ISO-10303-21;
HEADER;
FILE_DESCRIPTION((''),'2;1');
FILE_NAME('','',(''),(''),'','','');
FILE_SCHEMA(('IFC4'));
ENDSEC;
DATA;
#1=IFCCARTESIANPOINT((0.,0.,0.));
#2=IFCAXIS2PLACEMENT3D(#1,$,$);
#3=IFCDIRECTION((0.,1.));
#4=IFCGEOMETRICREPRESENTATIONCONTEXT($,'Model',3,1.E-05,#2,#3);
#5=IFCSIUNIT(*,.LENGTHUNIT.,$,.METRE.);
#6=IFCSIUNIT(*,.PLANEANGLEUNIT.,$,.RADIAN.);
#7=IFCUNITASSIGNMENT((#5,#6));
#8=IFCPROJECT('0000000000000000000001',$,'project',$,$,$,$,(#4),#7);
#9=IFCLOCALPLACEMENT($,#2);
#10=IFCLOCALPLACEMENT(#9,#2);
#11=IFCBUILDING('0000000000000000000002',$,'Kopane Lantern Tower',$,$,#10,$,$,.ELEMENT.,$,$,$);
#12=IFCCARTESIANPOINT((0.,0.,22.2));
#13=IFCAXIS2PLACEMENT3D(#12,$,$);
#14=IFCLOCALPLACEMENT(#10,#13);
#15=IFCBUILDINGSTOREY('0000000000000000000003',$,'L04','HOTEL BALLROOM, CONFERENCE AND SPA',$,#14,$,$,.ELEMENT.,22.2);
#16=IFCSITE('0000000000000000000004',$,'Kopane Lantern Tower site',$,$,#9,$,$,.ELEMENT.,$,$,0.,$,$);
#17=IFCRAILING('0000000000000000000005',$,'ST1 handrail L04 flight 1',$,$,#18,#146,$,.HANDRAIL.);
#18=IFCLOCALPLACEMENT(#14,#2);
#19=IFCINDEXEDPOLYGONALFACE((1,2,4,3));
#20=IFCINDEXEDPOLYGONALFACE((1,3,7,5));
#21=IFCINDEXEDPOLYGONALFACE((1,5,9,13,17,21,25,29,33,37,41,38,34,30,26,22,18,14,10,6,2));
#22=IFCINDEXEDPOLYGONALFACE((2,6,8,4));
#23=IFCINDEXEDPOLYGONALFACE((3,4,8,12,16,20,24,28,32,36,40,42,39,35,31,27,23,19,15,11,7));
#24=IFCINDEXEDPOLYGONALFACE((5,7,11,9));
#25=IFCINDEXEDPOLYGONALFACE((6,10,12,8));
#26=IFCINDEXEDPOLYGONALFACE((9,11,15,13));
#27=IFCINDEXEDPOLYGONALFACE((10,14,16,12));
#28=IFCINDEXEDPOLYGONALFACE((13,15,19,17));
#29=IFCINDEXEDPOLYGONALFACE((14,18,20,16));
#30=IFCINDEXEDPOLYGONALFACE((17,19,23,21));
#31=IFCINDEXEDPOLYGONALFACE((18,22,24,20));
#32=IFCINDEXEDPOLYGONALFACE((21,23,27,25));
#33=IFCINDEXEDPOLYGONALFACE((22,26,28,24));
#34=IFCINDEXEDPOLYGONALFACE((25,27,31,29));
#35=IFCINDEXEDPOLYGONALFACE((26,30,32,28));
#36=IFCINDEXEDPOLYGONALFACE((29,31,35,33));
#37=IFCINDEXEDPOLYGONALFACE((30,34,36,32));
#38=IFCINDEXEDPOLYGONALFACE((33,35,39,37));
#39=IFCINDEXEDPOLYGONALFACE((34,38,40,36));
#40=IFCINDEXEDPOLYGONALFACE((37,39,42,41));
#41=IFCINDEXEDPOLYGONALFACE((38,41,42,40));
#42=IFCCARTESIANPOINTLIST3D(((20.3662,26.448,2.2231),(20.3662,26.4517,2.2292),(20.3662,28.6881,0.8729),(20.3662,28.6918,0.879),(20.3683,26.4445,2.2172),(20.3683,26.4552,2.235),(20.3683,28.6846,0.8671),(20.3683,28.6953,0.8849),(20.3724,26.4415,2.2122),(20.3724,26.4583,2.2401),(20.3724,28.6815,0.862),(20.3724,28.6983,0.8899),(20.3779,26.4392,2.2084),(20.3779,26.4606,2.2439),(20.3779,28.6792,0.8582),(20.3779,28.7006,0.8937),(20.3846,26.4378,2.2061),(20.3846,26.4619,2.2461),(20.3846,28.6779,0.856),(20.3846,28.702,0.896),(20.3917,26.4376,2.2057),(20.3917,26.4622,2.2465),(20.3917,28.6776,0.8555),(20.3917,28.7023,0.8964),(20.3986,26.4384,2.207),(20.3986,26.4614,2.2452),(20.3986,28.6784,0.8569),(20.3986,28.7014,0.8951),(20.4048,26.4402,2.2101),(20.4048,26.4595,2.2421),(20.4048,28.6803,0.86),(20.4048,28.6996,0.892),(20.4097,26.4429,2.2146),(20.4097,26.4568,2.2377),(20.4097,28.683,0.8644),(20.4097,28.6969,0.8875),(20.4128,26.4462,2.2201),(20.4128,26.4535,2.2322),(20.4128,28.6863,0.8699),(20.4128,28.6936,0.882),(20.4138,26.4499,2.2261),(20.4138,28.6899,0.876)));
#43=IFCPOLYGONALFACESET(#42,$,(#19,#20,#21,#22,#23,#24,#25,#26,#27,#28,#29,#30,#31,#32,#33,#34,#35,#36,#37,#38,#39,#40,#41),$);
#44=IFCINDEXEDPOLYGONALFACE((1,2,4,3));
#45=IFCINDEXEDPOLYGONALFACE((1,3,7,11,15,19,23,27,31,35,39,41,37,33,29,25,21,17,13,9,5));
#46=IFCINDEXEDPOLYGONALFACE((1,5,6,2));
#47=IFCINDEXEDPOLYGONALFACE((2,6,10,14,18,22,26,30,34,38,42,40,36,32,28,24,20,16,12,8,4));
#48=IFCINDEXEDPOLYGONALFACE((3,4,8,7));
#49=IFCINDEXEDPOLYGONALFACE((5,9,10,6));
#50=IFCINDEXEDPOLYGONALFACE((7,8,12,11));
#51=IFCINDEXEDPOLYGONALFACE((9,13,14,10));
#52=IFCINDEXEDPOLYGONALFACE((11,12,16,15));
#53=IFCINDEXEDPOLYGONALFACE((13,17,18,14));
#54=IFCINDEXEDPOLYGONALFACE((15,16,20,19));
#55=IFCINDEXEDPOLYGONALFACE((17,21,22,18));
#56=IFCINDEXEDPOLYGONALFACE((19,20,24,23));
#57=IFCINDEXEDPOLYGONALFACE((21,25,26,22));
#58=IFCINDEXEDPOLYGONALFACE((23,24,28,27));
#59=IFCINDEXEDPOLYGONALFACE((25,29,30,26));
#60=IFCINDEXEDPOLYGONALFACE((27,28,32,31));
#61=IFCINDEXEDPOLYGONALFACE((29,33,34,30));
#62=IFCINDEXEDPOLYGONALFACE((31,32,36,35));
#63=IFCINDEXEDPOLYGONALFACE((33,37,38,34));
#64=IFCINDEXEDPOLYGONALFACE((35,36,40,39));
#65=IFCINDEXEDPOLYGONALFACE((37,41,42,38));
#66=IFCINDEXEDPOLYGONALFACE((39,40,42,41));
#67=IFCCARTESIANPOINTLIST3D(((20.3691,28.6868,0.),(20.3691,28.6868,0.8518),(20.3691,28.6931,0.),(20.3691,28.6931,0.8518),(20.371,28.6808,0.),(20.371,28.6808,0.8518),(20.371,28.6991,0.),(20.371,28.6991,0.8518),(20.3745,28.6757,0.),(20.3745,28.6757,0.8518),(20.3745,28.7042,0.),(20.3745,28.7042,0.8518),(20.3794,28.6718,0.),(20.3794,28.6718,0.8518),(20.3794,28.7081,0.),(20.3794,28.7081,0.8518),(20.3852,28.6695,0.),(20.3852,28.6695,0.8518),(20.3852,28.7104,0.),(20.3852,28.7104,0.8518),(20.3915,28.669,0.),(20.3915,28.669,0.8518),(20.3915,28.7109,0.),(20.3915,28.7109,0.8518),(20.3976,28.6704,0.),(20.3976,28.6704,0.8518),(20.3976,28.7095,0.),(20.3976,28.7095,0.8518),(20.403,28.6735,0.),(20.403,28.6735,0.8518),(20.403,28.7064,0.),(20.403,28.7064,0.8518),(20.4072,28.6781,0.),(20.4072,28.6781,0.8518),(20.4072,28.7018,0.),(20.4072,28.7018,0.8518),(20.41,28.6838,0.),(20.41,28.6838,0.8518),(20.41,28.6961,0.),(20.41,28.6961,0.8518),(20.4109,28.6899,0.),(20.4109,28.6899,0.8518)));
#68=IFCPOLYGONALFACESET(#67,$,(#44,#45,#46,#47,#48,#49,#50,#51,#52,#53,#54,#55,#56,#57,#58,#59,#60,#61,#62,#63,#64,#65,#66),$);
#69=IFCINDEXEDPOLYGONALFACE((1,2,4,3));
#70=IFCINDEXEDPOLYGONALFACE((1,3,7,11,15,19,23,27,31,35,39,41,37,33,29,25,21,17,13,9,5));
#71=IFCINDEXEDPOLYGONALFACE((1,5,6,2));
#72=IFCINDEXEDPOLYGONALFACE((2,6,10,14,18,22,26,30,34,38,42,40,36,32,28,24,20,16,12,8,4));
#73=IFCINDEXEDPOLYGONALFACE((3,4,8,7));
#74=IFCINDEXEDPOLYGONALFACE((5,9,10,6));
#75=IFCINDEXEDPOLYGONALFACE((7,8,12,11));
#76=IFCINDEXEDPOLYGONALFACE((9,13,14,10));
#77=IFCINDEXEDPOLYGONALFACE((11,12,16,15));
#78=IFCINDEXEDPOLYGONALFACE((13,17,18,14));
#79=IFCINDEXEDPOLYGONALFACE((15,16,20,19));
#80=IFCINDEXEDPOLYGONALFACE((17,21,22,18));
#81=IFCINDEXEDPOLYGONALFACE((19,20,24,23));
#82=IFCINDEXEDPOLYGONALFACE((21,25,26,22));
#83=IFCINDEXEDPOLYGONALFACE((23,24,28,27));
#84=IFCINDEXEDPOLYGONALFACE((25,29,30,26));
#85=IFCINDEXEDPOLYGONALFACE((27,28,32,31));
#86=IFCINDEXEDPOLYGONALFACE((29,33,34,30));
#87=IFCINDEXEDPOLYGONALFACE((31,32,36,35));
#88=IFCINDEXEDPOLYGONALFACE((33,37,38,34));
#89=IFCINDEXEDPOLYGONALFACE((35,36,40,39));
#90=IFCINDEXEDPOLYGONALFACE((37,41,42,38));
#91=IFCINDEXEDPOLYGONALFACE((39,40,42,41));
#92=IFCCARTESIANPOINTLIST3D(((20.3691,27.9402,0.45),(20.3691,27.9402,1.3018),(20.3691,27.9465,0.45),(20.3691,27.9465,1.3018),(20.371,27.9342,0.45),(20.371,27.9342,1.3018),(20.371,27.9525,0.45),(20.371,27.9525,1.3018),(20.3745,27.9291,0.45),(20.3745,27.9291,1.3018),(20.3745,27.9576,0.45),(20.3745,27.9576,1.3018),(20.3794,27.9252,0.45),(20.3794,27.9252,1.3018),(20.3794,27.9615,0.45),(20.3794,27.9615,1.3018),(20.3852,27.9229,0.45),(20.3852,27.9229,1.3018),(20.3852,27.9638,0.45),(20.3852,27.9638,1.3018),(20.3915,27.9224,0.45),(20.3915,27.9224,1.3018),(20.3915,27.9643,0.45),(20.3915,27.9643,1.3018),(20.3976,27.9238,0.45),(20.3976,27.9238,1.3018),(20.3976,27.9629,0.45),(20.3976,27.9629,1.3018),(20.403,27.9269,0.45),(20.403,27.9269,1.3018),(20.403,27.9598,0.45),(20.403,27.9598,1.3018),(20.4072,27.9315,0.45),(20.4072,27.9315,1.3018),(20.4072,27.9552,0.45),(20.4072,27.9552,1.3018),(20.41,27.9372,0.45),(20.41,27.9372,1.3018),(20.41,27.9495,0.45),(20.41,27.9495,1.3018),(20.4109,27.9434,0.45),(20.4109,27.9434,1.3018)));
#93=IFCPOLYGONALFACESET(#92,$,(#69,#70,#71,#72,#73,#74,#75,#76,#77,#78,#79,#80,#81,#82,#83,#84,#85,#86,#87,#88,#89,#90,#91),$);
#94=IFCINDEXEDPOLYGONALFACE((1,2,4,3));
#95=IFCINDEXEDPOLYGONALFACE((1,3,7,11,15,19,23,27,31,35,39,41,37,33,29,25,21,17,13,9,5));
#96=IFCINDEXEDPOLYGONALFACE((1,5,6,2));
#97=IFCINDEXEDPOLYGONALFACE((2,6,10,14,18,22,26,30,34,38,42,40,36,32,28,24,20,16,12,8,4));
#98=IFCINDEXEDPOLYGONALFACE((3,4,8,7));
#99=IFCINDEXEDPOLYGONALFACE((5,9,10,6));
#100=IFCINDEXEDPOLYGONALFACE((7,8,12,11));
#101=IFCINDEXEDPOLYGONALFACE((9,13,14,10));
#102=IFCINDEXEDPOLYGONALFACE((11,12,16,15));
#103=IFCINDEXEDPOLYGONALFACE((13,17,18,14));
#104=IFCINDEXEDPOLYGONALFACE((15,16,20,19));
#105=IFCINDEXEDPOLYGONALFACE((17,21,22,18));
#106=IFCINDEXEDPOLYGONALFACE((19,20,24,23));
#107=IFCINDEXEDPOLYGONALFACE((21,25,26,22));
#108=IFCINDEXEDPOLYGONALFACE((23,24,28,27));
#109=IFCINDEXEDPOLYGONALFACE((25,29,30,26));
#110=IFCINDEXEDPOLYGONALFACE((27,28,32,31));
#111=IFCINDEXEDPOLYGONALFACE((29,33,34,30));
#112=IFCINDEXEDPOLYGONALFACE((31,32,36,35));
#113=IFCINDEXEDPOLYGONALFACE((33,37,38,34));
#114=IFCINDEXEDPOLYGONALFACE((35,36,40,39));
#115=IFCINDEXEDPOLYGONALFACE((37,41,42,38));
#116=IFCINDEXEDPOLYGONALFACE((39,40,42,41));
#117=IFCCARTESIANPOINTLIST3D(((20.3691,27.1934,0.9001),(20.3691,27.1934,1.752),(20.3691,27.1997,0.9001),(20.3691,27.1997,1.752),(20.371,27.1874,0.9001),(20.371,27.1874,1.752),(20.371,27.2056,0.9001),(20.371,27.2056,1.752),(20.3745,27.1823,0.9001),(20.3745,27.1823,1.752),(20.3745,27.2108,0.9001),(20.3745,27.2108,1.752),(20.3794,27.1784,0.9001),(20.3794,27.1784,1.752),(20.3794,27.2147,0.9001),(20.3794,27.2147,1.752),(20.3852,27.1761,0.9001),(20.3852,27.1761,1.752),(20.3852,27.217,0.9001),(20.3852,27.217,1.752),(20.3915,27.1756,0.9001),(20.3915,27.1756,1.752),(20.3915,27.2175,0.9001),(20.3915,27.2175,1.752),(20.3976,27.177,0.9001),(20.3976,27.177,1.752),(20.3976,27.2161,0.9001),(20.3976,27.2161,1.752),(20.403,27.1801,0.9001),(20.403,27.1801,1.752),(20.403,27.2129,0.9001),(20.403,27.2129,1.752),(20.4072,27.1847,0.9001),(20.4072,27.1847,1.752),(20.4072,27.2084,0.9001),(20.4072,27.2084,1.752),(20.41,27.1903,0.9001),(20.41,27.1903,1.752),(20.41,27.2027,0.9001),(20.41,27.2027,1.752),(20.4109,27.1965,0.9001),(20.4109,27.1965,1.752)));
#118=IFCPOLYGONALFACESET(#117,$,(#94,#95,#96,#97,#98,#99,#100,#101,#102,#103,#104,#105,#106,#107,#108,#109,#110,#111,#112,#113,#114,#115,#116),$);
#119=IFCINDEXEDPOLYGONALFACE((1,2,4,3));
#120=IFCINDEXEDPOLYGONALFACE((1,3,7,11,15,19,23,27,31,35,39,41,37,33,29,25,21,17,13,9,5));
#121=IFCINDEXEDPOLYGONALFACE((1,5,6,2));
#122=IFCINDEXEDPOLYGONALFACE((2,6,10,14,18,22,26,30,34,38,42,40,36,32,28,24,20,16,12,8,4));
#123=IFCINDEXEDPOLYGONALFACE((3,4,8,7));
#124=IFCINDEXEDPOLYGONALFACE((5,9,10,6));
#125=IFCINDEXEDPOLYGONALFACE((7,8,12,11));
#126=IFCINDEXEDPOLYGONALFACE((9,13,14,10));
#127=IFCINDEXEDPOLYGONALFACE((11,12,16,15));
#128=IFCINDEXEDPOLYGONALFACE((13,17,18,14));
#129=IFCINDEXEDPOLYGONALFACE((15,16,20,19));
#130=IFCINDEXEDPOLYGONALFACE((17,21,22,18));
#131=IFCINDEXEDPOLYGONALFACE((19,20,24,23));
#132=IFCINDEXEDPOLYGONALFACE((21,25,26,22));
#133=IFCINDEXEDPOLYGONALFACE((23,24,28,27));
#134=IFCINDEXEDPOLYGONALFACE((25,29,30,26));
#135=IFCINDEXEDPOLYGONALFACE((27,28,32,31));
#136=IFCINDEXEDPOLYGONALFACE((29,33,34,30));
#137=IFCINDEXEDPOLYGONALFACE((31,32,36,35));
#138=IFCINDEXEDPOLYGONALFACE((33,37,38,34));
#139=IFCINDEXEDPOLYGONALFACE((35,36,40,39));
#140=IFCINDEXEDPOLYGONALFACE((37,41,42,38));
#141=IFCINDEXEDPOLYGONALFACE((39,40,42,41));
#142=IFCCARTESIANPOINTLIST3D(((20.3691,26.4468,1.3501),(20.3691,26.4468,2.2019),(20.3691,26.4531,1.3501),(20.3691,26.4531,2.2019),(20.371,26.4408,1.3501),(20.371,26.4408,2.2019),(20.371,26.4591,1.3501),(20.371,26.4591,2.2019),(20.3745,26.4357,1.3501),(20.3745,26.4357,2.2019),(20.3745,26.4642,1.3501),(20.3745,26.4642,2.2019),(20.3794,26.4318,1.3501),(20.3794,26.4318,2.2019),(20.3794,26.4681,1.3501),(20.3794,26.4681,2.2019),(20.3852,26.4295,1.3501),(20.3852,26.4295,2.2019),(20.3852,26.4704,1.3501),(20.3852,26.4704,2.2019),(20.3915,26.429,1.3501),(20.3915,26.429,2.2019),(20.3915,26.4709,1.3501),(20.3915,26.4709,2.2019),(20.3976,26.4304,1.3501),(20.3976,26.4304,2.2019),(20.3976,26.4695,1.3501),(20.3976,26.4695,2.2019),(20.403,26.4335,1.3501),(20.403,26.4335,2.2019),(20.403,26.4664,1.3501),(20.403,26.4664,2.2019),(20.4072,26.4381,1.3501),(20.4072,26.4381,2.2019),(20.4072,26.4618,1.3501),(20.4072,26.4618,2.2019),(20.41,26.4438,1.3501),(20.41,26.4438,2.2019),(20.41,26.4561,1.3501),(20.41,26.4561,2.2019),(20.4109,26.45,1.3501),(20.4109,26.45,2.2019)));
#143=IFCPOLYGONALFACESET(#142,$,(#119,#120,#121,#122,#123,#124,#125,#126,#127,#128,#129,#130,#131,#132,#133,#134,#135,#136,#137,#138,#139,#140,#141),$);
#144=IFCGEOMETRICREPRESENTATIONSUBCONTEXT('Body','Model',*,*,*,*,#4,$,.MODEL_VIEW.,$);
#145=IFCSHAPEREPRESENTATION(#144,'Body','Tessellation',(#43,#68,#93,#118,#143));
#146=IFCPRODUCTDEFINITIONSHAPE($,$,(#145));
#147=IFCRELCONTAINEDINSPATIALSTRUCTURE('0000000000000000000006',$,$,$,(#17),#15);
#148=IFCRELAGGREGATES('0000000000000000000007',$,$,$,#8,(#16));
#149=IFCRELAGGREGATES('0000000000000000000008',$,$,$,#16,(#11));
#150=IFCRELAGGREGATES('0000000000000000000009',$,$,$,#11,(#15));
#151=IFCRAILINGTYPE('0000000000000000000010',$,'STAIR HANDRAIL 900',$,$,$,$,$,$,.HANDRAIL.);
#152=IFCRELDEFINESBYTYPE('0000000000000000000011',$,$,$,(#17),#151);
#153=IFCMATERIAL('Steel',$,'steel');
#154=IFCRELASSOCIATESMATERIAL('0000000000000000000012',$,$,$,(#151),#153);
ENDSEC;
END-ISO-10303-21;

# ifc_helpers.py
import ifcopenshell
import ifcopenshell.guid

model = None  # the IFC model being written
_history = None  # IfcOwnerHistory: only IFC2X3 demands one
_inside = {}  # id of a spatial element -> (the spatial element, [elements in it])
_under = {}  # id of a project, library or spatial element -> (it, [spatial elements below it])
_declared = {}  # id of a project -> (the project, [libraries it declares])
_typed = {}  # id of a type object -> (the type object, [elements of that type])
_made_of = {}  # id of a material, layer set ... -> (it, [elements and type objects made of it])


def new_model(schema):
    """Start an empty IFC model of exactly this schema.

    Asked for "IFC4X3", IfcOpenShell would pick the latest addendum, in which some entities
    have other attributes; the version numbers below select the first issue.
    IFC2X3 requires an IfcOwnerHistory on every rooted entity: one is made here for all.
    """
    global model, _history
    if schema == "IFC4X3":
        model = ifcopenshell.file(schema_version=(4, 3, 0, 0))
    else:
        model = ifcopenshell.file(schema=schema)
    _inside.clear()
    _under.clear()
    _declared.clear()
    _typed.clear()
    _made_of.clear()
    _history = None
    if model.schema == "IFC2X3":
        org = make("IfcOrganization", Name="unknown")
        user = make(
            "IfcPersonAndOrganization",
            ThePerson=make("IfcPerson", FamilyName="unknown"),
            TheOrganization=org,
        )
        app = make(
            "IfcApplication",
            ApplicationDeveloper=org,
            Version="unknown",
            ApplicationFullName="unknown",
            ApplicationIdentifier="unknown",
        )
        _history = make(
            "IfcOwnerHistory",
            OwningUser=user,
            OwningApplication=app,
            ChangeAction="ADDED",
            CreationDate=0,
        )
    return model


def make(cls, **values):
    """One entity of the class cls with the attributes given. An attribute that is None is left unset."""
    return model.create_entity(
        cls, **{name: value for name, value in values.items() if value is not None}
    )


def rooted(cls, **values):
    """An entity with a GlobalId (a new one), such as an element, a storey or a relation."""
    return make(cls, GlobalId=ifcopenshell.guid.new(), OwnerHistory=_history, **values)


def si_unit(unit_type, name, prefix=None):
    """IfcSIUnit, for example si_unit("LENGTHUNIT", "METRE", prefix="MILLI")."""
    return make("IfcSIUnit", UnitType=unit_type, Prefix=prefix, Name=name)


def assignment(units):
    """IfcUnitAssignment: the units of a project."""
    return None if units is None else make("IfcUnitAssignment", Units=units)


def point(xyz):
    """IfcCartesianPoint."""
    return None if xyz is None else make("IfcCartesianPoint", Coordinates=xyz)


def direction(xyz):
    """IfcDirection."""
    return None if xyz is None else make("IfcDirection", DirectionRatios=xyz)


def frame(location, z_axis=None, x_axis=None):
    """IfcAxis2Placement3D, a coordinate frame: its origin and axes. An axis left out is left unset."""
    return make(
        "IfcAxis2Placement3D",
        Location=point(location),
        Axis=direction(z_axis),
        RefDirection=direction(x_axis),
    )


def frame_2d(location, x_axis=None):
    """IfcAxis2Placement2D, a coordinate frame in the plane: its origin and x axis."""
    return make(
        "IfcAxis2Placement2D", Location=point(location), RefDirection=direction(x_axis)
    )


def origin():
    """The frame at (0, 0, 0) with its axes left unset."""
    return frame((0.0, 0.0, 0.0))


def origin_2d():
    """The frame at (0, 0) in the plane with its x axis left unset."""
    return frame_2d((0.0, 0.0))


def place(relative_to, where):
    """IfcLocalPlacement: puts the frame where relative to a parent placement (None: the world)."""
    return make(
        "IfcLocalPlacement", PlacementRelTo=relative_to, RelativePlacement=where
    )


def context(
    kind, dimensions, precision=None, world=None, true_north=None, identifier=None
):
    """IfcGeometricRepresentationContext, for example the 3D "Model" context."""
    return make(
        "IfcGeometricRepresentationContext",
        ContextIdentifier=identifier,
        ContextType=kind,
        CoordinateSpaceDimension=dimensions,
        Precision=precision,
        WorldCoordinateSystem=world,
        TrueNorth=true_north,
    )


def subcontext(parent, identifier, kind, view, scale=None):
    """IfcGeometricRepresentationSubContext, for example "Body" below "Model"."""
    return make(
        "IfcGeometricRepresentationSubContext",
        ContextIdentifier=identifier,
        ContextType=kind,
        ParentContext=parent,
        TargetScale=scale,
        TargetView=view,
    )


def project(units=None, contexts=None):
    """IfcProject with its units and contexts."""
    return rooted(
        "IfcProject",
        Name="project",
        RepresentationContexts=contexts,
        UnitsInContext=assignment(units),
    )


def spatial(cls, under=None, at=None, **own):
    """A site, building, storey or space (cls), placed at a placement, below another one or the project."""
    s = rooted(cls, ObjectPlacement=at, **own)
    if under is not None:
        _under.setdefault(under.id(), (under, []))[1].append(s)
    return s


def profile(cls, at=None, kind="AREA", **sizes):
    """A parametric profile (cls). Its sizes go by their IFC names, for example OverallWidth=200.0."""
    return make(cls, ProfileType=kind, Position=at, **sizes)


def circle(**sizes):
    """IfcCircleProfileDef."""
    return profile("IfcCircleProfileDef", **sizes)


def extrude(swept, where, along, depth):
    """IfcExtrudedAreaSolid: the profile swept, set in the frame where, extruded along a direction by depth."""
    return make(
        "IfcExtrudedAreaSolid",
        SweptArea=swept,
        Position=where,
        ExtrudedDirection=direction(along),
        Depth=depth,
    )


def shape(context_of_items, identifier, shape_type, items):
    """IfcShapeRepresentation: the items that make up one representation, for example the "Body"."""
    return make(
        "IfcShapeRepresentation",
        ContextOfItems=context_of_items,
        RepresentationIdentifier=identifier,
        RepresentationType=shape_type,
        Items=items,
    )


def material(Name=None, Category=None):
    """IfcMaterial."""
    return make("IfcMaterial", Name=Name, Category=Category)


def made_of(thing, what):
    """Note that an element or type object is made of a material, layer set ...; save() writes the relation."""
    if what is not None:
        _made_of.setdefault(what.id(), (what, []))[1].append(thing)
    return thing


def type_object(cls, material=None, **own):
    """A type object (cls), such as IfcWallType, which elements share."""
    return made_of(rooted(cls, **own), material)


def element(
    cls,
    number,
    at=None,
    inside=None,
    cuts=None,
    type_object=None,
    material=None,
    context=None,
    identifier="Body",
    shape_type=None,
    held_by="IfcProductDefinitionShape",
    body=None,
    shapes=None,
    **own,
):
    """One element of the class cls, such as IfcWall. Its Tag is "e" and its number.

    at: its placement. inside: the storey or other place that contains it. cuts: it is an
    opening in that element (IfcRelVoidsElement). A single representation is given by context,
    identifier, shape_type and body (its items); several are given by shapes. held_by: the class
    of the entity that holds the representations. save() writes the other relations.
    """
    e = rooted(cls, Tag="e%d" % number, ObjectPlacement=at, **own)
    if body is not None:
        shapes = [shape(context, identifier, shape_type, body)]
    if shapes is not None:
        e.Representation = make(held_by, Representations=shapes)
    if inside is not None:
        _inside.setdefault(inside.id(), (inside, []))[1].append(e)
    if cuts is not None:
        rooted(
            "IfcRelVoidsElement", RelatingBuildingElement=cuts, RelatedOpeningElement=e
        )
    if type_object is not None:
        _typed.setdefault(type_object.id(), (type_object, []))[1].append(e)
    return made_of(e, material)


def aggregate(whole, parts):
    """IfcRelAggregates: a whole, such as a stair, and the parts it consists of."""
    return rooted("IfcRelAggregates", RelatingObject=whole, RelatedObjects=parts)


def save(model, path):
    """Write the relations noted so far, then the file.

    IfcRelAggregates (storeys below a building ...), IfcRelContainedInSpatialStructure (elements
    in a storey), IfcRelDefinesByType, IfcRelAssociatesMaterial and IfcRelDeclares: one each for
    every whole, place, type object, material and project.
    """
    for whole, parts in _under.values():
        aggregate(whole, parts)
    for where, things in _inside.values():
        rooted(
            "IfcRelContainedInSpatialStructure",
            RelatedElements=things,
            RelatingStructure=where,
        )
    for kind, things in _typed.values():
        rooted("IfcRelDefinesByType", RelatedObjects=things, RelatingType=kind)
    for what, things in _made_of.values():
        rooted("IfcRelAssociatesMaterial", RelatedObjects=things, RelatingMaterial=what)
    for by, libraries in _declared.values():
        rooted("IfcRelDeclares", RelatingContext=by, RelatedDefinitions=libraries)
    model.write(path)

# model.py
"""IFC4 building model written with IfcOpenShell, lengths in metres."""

from ifc_helpers import new_model, si_unit, direction, frame, origin, origin_2d, place, context, subcontext, project, spatial, circle, extrude, material, type_object, element, save


model = new_model("IFC4")

# Units and contexts
model_context = context("Model", 3, precision=1e-05, world=origin(), true_north=direction((0.0, 1.0)))
body_context = subcontext(model_context, "Body", "Model", "MODEL_VIEW")
ifc_project = project(units=[si_unit("LENGTHUNIT", "METRE"), si_unit("PLANEANGLEUNIT", "RADIAN")], contexts=[model_context])

# Site, building, storey
site_placement = place(None, origin())
site = spatial("IfcSite", under=ifc_project, at=site_placement, Name="Kopane Lantern Tower site", CompositionType="ELEMENT", RefElevation=0.0)
building_placement = place(site_placement, origin())
building = spatial("IfcBuilding", under=site, at=building_placement, Name="Kopane Lantern Tower", CompositionType="ELEMENT")
storey_placement = place(building_placement, frame((0.0, 0.0, 22.2)))
storey = spatial("IfcBuildingStorey", under=building, at=storey_placement, Name="L04", Description="HOTEL BALLROOM, CONFERENCE AND SPA", CompositionType="ELEMENT", Elevation=22.2)

# Railing
ifc_material_1 = material(Name="Steel", Category="steel")
railing_type_1 = type_object("IfcRailingType", Name="STAIR HANDRAIL 900", PredefinedType="HANDRAIL", material=ifc_material_1)
for number, where, name in (
    (1, (20.3899, 28.6899, 0.0), "ST1 handrail L04 flight 1"),
):
    element("IfcRailing", number, at=place(storey_placement, frame(where)), inside=storey, type_object=railing_type_1, Name=name, PredefinedType="HANDRAIL", context=body_context, shape_type="SweptSolid", body=[
        extrude(circle(Radius=0.0239, at=origin_2d()), frame((0.0, 0.0, 0.876), z_axis=(0.0, -0.856462, 0.516211), x_axis=(1.0, 0.0, 0.0)), (0.0, 0.0, 1.0), 2.6155),
        extrude(circle(Radius=0.021, at=origin_2d()), origin(), (0.0, 0.0, 1.0), 0.8518),
        extrude(circle(Radius=0.021, at=origin_2d()), frame((0.0, -0.7466, 0.45)), (0.0, 0.0, 1.0), 0.8518),
        extrude(circle(Radius=0.021, at=origin_2d()), frame((0.0, -1.4934, 0.9001)), (0.0, 0.0, 1.0), 0.8518),
        extrude(circle(Radius=0.021, at=origin_2d()), frame((0.0, -2.24, 1.3501)), (0.0, 0.0, 1.0), 0.8518),
    ])

save(model, "model.ifc")
